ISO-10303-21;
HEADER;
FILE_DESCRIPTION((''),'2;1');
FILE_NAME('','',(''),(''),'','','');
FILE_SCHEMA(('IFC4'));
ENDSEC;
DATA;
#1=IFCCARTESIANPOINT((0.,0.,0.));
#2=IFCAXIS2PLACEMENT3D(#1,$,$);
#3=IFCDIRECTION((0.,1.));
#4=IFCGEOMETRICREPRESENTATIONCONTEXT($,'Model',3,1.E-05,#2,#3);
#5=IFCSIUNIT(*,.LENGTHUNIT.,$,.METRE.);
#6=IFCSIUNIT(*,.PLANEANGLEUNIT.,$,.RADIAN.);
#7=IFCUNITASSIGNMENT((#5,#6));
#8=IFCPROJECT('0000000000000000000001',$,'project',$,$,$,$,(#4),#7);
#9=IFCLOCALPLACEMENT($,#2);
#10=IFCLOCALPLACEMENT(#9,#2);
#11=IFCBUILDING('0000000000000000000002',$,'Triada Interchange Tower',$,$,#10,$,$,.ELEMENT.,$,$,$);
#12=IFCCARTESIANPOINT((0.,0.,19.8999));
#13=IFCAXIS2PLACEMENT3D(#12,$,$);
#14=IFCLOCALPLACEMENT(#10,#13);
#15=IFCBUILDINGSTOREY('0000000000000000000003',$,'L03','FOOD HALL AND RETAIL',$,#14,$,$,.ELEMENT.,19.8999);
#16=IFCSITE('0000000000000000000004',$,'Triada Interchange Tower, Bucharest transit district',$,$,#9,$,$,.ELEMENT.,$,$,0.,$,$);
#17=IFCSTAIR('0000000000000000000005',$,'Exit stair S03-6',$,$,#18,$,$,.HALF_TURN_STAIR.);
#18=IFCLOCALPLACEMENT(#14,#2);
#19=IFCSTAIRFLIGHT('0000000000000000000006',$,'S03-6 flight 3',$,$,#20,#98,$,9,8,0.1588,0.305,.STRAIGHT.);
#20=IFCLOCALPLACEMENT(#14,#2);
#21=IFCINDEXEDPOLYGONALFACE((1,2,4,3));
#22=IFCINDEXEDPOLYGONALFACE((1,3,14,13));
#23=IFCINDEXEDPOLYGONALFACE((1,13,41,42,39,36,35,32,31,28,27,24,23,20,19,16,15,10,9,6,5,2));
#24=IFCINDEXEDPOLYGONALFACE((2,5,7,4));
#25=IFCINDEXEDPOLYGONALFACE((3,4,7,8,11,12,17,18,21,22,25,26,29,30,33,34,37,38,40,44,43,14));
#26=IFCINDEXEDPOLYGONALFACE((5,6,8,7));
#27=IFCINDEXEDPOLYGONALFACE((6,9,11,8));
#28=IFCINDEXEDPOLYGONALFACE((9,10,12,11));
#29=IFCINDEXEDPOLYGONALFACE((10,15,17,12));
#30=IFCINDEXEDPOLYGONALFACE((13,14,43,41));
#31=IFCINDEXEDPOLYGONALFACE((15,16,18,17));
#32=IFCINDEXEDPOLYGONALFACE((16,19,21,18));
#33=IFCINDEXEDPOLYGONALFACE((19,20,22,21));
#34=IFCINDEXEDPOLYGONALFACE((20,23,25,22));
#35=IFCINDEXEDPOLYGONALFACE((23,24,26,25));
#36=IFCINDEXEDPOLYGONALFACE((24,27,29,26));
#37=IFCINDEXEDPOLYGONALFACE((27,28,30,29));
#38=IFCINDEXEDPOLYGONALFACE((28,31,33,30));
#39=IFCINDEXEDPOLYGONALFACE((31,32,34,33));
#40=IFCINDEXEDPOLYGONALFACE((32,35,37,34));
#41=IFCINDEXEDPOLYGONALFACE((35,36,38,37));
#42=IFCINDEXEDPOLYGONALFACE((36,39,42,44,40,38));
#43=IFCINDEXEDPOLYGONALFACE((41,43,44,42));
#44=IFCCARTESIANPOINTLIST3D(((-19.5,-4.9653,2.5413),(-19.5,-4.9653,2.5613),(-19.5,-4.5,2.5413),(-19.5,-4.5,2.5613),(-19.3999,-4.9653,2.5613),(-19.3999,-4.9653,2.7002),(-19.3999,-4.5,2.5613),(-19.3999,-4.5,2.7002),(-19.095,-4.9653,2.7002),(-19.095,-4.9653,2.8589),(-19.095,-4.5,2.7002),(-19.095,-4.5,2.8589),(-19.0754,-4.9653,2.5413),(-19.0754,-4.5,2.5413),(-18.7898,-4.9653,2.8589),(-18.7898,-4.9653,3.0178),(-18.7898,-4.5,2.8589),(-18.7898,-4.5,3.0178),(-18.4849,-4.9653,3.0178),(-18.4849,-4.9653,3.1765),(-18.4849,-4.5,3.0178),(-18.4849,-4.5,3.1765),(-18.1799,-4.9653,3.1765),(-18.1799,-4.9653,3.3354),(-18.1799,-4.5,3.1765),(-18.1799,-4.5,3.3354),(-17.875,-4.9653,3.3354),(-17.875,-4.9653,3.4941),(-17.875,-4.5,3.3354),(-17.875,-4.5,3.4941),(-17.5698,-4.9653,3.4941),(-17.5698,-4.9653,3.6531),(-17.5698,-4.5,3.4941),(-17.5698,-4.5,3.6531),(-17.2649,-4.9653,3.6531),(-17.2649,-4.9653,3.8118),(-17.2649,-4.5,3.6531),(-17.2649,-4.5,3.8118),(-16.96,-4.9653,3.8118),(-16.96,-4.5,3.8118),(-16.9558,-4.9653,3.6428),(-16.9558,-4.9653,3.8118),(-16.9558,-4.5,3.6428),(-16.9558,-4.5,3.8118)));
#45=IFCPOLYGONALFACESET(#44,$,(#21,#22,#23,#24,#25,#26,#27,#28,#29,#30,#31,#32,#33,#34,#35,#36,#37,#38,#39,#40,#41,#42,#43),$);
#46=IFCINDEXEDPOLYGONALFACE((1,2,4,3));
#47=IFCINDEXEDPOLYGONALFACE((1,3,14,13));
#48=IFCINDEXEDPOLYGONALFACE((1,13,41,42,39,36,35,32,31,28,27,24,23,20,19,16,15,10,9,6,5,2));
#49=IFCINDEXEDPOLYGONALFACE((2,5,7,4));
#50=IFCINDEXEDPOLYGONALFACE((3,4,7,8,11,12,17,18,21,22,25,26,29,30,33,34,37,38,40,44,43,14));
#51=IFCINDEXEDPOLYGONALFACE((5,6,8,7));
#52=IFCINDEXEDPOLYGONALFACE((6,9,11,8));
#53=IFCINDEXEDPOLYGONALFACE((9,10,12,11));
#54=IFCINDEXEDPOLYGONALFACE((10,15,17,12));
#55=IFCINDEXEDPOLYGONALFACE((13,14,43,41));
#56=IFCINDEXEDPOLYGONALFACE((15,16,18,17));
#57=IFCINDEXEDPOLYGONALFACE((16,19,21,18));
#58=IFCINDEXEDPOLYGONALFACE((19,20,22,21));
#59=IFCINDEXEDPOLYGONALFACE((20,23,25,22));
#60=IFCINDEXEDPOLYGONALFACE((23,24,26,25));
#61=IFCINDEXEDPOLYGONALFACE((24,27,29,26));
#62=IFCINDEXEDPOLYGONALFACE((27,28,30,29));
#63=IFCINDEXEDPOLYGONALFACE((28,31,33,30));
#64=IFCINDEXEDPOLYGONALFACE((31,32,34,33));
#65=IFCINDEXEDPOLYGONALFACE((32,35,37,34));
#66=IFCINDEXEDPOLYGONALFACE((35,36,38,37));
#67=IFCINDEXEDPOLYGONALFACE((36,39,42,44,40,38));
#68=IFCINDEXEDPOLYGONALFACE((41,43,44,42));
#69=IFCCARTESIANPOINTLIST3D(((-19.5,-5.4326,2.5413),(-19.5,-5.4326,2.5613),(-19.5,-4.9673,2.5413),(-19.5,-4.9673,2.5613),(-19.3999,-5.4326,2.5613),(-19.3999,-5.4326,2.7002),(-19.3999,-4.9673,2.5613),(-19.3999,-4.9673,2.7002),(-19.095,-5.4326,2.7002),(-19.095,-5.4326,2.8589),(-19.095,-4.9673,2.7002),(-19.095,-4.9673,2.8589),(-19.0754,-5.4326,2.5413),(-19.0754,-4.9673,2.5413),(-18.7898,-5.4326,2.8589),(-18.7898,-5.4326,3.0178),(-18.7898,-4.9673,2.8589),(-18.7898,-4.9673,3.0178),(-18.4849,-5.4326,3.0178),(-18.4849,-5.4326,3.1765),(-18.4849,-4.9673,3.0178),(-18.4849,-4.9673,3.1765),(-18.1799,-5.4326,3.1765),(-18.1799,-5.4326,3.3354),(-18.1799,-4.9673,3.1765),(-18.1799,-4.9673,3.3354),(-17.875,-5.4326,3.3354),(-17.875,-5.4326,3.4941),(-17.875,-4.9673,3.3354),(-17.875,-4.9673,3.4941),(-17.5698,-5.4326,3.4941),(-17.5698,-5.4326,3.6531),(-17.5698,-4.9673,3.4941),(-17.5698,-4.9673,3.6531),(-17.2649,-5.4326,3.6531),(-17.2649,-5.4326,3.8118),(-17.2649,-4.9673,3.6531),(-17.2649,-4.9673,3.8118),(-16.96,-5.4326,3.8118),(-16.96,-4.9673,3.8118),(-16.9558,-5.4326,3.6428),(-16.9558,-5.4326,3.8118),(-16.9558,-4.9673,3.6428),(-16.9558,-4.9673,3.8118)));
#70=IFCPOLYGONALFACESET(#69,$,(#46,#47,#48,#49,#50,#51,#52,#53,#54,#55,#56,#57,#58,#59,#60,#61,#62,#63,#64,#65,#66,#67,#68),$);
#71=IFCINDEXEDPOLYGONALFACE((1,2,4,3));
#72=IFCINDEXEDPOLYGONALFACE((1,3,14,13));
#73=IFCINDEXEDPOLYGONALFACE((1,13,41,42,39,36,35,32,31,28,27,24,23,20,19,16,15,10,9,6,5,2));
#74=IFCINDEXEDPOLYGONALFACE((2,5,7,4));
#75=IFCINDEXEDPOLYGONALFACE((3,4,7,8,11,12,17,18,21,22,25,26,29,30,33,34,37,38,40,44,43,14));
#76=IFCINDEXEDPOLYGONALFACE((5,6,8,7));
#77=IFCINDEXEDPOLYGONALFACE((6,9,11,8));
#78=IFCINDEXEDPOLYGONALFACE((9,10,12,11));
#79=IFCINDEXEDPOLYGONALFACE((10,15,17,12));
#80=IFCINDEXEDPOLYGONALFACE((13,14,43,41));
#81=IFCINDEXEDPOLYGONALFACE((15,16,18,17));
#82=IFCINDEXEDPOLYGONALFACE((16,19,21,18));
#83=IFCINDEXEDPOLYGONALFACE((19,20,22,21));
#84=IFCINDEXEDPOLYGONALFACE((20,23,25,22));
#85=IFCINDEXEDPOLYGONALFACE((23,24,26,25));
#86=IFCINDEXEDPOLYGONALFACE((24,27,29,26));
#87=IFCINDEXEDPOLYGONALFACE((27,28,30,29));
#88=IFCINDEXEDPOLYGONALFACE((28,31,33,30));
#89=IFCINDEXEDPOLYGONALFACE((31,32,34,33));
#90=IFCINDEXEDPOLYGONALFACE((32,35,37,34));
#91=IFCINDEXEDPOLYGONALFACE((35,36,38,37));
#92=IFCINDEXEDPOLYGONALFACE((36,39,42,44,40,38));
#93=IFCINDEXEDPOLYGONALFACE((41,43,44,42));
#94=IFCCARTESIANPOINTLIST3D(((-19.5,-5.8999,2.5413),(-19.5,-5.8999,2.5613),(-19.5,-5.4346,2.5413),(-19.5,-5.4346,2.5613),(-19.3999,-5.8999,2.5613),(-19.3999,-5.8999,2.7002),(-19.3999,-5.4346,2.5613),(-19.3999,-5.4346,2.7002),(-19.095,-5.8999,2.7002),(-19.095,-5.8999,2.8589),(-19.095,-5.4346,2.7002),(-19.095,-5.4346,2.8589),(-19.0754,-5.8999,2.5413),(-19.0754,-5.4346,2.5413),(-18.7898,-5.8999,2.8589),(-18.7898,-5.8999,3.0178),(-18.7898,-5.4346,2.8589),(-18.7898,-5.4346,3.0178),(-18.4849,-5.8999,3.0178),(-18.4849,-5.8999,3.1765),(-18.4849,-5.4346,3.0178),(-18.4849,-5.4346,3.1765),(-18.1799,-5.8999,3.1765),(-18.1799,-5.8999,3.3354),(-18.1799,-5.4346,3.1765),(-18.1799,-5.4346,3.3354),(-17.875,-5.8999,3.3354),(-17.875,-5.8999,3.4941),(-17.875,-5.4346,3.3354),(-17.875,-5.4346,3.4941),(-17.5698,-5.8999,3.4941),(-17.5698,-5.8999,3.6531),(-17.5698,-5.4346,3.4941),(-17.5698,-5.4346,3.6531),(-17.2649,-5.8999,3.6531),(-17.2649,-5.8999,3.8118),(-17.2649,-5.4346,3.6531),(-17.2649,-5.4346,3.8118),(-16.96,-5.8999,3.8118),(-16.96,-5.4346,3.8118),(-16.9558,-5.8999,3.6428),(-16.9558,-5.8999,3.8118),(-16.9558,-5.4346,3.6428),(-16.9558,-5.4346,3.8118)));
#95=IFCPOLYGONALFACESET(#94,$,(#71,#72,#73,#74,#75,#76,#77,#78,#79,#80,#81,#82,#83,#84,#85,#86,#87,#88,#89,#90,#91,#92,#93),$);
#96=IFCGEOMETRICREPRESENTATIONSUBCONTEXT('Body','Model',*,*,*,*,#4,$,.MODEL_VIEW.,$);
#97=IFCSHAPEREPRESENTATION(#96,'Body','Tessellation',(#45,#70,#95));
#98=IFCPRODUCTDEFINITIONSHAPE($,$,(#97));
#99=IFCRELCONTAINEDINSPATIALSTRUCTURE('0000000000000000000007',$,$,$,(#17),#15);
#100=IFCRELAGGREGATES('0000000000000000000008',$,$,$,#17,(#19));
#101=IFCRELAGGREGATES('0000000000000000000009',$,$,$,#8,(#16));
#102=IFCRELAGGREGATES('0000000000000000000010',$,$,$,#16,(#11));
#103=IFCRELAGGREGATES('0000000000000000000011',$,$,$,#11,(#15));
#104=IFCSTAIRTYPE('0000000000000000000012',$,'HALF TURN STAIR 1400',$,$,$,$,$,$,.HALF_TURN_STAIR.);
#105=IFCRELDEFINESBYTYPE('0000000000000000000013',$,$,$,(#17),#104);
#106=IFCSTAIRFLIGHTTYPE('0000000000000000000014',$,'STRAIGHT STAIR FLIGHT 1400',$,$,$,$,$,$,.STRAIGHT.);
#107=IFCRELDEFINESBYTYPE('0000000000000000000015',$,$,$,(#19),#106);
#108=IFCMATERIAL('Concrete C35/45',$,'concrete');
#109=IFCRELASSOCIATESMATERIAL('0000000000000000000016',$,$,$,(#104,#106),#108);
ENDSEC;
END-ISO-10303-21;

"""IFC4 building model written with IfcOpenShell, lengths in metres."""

from ifc_helpers import new_model, si_unit, direction, frame, origin, place, context, subcontext, project, spatial, polyline, outline, extrude, material, type_object, element, aggregate, save


model = new_model("IFC4")

# Units and contexts
model_context = context("Model", 3, precision=1e-05, world=origin(), true_north=direction((0.0, 1.0)))
body_context = subcontext(model_context, "Body", "Model", "MODEL_VIEW")
ifc_project = project(units=[si_unit("LENGTHUNIT", "METRE"), si_unit("PLANEANGLEUNIT", "RADIAN")], contexts=[model_context])

# Site, building, storey
site_placement = place(None, origin())
site = spatial("IfcSite", under=ifc_project, at=site_placement, Name="Triada Interchange Tower, Bucharest transit district", CompositionType="ELEMENT", RefElevation=0.0)
building_placement = place(site_placement, origin())
building = spatial("IfcBuilding", under=site, at=building_placement, Name="Triada Interchange Tower", CompositionType="ELEMENT")
storey_placement = place(building_placement, frame((0.0, 0.0, 19.8999)))
storey = spatial("IfcBuildingStorey", under=building, at=storey_placement, Name="L03", Description="FOOD HALL AND RETAIL", CompositionType="ELEMENT", Elevation=19.8999)

# Shared definitions
ifc_material_1 = material(Name="Concrete C35/45", Category="concrete")

# Stair, stair flight
stair_type = type_object("IfcStairType", Name="HALF TURN STAIR 1400", PredefinedType="HALF_TURN_STAIR", material=ifc_material_1)
stair_1_placement = place(storey_placement, origin())
stair_1 = element("IfcStair", 1, at=stair_1_placement, inside=storey, type_object=stair_type, Name="Exit stair S03-6", PredefinedType="HALF_TURN_STAIR")
stair_flight_type = type_object("IfcStairFlightType", Name="STRAIGHT STAIR FLIGHT 1400", PredefinedType="STRAIGHT", material=ifc_material_1)
stair_flight_1_placement = place(storey_placement, frame((-19.3999, -5.2, 2.5413), z_axis=(0.0, 0.0, 1.0), x_axis=(1.0, 0.0, 0.0)))
stair_flight_1 = element("IfcStairFlight", 2, at=stair_flight_1_placement, type_object=stair_flight_type, Name="S03-6 flight 3", NumberOfRisers=9, NumberOfTreads=8, PredefinedType="STRAIGHT", RiserHeight=0.1588, TreadLength=0.305, context=body_context, shape_type="SweptSolid", body=[
    extrude(outline(polyline([(-0.1001, 0.0), (-0.1001, 0.02), (0.0, 0.02), (0.0, 0.1589), (0.3049, 0.1589), (0.3049, 0.3176), (0.6101, 0.3176), (0.6101, 0.4766), (0.915, 0.4766), (0.915, 0.6353), (1.22, 0.6353), (1.22, 0.7942), (1.5249, 0.7942), (1.5249, 0.9529), (1.8301, 0.9529), (1.8301, 1.1118), (2.135, 1.1118), (2.135, 1.2705), (2.4399, 1.2705), (2.4441, 1.2705), (2.4441, 1.4294), (2.4441, 1.1016), (0.3245, 0.0), (-0.1001, 0.0)])), frame((0.0, 0.7, 0.0), z_axis=(0.0, -1.0, 0.0), x_axis=(1.0, 0.0, 0.0)), (0.0, 0.0, 1.0), 0.4653),
    extrude(outline(polyline([(-0.1001, 0.0), (-0.1001, 0.02), (0.0, 0.02), (0.0, 0.1589), (0.3049, 0.1589), (0.3049, 0.3176), (0.6101, 0.3176), (0.6101, 0.4766), (0.915, 0.4766), (0.915, 0.6353), (1.22, 0.6353), (1.22, 0.7942), (1.5249, 0.7942), (1.5249, 0.9529), (1.8301, 0.9529), (1.8301, 1.1118), (2.135, 1.1118), (2.135, 1.2705), (2.4399, 1.2705), (2.4441, 1.2705), (2.4441, 1.4294), (2.4441, 1.1016), (0.3245, 0.0), (-0.1001, 0.0)])), frame((0.0, 0.2327, 0.0), z_axis=(0.0, -1.0, 0.0), x_axis=(1.0, 0.0, 0.0)), (0.0, 0.0, 1.0), 0.4653),
    extrude(outline(polyline([(-0.1001, 0.0), (-0.1001, 0.02), (0.0, 0.02), (0.0, 0.1589), (0.3049, 0.1589), (0.3049, 0.3176), (0.6101, 0.3176), (0.6101, 0.4766), (0.915, 0.4766), (0.915, 0.6353), (1.22, 0.6353), (1.22, 0.7942), (1.5249, 0.7942), (1.5249, 0.9529), (1.8301, 0.9529), (1.8301, 1.1118), (2.135, 1.1118), (2.135, 1.2705), (2.4399, 1.2705), (2.4441, 1.2705), (2.4441, 1.4294), (2.4441, 1.1016), (0.3245, 0.0), (-0.1001, 0.0)])), frame((0.0, -0.2346, 0.0), z_axis=(0.0, -1.0, 0.0), x_axis=(1.0, 0.0, 0.0)), (0.0, 0.0, 1.0), 0.4653),
])

aggregate(stair_1, [stair_flight_1])

save(model, "model.ifc")
